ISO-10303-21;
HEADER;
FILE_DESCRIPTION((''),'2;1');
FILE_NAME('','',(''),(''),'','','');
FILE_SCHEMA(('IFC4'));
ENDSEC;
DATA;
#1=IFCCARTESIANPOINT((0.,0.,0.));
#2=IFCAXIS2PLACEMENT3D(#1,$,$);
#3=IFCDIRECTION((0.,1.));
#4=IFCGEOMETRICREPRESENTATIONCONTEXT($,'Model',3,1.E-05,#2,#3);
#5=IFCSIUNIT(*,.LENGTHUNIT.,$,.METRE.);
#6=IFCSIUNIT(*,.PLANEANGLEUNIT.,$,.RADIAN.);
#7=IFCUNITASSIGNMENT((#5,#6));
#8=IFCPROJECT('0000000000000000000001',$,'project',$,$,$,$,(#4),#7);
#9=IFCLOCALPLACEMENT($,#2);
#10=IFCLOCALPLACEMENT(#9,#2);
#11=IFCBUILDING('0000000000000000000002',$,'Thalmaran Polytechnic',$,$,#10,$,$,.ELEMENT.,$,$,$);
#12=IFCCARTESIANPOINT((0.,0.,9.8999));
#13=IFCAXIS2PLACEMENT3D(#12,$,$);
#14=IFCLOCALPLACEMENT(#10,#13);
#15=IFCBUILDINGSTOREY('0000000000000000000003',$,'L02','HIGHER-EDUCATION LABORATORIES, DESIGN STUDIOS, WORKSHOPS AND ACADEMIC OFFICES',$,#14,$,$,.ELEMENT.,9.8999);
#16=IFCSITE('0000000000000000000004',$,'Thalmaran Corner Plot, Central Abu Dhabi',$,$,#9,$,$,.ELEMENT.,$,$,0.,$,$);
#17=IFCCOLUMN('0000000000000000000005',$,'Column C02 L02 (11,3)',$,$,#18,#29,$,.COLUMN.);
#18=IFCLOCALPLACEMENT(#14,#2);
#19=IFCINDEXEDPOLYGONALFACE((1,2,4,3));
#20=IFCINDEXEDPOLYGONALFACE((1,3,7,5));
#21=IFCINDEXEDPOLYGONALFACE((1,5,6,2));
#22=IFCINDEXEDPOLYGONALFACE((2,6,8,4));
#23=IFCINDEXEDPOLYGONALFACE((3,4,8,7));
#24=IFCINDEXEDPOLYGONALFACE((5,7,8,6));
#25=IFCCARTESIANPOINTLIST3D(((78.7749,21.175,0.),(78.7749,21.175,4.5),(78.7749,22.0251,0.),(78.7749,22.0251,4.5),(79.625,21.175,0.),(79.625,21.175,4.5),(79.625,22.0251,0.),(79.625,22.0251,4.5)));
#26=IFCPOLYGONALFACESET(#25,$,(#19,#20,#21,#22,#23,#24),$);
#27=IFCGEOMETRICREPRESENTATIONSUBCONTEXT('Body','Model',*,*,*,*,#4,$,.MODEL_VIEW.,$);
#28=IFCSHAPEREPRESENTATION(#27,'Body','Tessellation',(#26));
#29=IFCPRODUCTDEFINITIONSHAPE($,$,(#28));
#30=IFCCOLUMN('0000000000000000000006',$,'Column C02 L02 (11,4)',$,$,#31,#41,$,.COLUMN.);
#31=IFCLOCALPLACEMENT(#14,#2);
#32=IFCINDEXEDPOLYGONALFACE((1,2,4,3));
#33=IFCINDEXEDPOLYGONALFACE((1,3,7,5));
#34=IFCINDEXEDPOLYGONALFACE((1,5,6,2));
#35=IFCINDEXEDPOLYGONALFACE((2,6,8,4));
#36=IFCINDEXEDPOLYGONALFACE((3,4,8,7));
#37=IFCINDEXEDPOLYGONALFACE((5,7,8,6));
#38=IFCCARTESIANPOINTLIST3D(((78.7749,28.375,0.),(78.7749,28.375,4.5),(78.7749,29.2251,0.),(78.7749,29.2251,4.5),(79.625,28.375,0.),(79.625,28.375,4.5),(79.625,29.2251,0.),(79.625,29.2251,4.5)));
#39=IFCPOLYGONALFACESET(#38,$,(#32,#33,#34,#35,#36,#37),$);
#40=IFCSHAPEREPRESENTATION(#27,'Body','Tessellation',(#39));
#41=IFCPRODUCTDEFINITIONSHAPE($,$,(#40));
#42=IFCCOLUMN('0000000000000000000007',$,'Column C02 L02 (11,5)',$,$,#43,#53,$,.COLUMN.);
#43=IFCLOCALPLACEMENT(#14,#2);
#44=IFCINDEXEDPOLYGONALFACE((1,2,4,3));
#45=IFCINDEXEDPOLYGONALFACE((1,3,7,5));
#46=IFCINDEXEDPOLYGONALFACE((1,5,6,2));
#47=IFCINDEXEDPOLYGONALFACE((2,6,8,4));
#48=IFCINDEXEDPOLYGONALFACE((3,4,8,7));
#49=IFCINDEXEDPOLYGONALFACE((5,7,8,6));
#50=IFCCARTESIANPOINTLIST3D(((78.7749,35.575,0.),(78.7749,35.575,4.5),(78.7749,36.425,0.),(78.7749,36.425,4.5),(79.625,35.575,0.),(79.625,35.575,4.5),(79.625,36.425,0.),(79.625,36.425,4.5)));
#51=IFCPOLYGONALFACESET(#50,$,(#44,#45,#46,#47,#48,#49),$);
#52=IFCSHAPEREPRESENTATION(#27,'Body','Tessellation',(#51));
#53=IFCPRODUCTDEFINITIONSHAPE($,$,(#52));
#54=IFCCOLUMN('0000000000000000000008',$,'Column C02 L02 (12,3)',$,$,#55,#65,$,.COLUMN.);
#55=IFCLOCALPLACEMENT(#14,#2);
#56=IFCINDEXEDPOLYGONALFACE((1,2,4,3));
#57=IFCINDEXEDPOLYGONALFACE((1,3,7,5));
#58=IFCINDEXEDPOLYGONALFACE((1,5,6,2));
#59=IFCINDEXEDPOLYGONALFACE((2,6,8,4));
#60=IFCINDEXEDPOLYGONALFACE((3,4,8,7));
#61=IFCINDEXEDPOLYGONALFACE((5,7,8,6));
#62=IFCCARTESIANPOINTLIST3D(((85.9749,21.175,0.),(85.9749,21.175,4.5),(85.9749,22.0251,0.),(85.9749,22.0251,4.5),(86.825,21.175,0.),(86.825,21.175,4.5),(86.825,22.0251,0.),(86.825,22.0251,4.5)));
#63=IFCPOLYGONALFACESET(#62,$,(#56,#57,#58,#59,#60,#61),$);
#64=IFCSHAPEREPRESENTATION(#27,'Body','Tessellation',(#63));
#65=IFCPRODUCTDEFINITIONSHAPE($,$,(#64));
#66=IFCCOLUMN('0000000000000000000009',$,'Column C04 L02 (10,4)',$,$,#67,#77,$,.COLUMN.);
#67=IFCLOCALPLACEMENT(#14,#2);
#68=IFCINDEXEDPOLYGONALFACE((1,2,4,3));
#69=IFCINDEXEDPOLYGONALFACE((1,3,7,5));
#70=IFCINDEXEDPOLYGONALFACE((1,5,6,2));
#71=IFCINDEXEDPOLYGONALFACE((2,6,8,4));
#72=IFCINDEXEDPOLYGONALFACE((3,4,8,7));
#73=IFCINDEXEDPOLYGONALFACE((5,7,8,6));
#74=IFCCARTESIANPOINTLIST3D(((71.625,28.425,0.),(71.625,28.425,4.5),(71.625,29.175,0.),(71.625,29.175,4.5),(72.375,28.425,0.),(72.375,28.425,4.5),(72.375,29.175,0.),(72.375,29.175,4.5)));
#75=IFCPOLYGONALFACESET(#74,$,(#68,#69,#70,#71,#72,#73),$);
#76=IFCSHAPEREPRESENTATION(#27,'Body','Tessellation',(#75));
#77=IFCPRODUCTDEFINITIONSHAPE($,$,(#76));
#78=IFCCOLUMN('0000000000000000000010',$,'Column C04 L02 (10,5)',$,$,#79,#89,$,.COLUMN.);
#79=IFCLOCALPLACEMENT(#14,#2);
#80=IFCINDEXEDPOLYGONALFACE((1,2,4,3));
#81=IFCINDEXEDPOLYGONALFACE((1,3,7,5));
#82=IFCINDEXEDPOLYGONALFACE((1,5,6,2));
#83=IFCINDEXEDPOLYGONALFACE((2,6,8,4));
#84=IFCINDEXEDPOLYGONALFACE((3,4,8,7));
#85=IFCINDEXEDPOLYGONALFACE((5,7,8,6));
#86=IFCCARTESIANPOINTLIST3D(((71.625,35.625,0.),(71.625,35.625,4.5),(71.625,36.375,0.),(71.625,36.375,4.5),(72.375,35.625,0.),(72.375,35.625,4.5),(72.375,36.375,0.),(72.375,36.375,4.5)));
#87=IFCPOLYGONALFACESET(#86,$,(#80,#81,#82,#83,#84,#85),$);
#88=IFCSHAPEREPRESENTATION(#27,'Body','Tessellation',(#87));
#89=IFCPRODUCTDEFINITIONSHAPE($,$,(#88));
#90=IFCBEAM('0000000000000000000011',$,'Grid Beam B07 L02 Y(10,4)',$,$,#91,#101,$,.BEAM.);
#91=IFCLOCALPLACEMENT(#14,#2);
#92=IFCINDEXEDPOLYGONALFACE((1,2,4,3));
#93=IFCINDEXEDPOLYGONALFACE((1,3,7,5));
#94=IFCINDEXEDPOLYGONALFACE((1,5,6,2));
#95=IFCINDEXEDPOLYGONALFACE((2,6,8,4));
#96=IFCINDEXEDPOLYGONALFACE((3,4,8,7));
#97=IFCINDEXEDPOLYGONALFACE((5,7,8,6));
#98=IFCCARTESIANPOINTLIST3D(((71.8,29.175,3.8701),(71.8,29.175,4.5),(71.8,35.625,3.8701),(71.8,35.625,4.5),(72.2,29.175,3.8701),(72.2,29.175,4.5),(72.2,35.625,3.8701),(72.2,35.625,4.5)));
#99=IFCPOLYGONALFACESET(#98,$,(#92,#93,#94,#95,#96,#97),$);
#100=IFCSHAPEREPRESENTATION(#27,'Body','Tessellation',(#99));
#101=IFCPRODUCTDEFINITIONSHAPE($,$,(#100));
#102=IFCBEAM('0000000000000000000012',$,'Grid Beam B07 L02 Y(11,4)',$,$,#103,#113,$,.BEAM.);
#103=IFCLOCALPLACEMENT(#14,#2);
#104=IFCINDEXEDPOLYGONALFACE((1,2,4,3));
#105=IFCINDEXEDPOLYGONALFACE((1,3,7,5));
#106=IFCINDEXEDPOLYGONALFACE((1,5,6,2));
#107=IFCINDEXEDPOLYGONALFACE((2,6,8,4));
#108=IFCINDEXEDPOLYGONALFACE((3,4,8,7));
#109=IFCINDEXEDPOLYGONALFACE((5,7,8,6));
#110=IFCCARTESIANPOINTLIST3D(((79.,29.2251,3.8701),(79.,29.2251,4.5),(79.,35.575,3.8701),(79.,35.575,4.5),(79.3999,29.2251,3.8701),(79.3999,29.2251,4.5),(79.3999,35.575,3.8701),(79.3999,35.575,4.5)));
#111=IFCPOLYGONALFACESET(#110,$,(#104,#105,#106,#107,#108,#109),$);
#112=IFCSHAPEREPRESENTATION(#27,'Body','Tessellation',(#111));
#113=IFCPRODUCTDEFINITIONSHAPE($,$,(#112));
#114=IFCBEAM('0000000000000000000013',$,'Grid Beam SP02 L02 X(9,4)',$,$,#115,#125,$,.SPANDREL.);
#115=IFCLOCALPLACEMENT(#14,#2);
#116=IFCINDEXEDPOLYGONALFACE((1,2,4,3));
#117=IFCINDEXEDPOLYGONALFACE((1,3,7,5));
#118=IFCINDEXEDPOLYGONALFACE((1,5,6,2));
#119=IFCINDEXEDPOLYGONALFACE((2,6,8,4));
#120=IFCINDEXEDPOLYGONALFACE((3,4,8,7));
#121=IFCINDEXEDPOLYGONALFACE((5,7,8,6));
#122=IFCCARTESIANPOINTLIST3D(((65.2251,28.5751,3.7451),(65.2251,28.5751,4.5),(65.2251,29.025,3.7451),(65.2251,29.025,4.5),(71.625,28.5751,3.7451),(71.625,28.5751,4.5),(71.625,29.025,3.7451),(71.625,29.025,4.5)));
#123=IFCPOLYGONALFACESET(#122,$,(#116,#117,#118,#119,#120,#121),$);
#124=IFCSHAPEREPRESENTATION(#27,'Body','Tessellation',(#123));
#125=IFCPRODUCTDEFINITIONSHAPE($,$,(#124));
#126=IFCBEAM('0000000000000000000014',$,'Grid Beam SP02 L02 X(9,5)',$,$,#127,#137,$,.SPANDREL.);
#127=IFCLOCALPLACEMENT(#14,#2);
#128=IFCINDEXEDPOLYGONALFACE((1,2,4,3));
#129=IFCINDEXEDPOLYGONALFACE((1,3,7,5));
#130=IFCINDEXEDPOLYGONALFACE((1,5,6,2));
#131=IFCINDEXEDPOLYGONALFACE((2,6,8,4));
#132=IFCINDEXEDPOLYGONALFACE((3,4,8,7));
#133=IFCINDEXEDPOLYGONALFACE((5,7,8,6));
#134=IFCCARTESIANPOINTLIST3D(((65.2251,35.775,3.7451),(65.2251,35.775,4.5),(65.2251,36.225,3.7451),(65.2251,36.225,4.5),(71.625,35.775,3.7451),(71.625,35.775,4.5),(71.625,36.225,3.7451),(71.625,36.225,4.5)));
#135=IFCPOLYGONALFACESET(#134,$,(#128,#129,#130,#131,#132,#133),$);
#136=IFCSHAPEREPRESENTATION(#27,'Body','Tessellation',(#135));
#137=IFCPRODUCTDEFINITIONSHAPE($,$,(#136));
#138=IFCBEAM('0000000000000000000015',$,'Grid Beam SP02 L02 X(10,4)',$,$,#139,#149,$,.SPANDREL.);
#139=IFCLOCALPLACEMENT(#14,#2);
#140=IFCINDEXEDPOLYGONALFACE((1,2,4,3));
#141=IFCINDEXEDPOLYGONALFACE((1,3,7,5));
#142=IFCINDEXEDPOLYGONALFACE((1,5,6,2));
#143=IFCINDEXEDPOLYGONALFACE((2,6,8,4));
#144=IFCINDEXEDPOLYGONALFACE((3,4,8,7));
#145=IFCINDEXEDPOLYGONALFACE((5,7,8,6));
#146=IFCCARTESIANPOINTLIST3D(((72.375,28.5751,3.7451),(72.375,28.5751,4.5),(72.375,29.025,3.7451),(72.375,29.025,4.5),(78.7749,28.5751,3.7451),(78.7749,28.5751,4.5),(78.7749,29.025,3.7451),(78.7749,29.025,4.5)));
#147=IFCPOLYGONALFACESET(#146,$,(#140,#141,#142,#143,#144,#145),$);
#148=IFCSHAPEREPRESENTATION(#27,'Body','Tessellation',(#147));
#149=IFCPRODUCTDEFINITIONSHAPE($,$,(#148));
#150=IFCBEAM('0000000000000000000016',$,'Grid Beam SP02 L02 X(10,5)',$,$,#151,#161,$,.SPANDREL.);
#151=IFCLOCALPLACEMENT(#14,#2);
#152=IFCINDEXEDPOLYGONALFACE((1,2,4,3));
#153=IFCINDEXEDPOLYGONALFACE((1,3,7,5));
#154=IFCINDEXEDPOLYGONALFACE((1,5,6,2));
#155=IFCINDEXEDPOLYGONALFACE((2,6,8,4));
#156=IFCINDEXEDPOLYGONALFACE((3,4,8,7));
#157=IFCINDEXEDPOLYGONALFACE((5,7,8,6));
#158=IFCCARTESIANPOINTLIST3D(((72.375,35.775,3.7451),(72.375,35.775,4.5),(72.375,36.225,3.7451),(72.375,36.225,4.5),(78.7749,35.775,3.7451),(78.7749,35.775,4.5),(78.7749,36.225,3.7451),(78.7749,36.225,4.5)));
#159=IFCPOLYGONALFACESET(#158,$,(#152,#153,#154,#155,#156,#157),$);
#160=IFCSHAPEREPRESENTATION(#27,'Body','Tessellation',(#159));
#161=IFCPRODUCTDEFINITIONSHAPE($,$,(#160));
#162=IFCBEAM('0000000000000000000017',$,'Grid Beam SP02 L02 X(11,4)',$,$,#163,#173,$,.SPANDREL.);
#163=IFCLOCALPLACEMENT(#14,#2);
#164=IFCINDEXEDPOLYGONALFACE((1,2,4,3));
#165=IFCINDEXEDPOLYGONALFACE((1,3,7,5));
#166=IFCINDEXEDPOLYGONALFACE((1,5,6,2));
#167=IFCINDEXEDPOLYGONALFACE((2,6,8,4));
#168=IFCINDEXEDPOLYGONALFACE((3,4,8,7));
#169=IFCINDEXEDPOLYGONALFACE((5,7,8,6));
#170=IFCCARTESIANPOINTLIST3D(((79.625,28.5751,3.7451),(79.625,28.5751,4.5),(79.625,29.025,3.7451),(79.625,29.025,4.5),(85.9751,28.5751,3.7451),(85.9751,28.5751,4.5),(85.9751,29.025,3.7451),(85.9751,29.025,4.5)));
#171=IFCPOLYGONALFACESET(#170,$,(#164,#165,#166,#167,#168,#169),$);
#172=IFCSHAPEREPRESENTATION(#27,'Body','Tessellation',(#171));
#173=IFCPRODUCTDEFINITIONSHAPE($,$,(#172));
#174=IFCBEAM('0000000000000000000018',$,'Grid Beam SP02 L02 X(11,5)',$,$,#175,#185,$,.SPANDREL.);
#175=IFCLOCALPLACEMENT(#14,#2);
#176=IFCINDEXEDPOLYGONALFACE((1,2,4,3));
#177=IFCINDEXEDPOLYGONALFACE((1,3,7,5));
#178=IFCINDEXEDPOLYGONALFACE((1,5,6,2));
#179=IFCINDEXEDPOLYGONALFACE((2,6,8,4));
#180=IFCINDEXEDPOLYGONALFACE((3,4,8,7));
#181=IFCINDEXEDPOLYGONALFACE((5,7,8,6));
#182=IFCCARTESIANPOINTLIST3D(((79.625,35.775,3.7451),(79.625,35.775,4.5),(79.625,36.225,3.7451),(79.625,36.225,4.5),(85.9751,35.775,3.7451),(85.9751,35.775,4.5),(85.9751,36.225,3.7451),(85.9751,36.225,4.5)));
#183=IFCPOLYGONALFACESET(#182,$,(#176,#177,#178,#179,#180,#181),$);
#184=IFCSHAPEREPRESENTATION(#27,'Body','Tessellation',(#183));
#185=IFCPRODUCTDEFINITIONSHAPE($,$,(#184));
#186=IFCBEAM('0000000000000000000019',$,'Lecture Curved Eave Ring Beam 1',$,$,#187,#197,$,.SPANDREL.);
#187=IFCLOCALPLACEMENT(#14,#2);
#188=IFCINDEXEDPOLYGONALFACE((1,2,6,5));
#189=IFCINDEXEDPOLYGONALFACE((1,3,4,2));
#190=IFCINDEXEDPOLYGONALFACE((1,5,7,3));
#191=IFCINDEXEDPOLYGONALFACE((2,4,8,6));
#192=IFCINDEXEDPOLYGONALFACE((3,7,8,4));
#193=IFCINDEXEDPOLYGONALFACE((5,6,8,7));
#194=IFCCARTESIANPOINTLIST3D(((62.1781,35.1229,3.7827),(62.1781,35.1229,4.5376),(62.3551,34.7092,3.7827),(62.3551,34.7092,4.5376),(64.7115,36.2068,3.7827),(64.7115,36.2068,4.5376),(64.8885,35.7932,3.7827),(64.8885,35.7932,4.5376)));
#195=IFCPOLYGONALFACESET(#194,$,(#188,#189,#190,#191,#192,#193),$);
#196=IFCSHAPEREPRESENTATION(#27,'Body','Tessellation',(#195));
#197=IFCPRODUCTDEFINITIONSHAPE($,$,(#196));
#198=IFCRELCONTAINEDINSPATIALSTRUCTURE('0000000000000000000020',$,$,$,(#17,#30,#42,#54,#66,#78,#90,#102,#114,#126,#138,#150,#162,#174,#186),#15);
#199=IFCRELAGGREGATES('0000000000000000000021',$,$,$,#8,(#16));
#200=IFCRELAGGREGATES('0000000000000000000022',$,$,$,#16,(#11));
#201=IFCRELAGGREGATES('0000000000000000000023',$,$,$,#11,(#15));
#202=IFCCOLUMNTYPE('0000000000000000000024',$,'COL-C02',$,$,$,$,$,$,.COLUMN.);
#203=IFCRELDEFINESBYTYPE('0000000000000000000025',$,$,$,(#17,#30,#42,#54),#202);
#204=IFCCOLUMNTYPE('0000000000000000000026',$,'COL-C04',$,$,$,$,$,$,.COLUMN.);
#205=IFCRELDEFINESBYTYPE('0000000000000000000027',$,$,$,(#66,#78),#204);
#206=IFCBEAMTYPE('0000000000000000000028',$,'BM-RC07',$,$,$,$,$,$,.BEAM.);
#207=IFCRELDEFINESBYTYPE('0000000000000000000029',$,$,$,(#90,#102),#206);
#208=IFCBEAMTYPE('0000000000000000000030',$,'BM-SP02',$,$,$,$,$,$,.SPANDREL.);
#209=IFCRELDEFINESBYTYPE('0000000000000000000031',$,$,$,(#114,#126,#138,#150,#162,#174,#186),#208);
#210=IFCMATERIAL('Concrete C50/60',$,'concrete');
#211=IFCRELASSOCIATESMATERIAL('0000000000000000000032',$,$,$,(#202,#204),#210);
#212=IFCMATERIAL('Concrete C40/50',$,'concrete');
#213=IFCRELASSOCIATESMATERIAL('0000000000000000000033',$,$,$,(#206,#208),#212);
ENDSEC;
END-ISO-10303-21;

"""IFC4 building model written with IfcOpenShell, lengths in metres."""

from ifc_helpers import new_model, si_unit, direction, frame, origin, origin_2d, place, context, subcontext, project, spatial, rectangle, extrude, material, material_profile, profile_set, type_object, element, save


model = new_model("IFC4")

# Units and contexts
model_context = context("Model", 3, precision=1e-05, world=origin(), true_north=direction((0.0, 1.0)))
body_context = subcontext(model_context, "Body", "Model", "MODEL_VIEW")
ifc_project = project(units=[si_unit("LENGTHUNIT", "METRE"), si_unit("PLANEANGLEUNIT", "RADIAN")], contexts=[model_context])

# Site, building, storey
site_placement = place(None, origin())
site = spatial("IfcSite", under=ifc_project, at=site_placement, Name="Thalmaran Corner Plot, Central Abu Dhabi", CompositionType="ELEMENT", RefElevation=0.0)
building_placement = place(site_placement, origin())
building = spatial("IfcBuilding", under=site, at=building_placement, Name="Thalmaran Polytechnic", CompositionType="ELEMENT")
storey_placement = place(building_placement, frame((0.0, 0.0, 9.8999)))
storey = spatial("IfcBuildingStorey", under=building, at=storey_placement, Name="L02", Description="HIGHER-EDUCATION LABORATORIES, DESIGN STUDIOS, WORKSHOPS AND ACADEMIC OFFICES", CompositionType="ELEMENT", Elevation=9.8999)

# Columns
ifc_material_1 = material(Name="Concrete C50/60", Category="concrete")
ifc_material_profile_1 = material_profile(ifc_material_1, rectangle(XDim=0.8501, YDim=0.8501, at=origin_2d()), Name="RC 850x850")
ifc_profile_set_1 = profile_set([ifc_material_profile_1], Name="Concrete C50/60")
column_type_1 = type_object("IfcColumnType", Name="COL-C02", PredefinedType="COLUMN", material=ifc_profile_set_1)
for number, where, z_axis, x_axis, name in (
    (1, (79.2, 21.6001, 0.0), (0.0, 0.0, 1.0), (1.0, 0.0, 0.0), "Column C02 L02 (11,3)"),
    (2, (79.2, 28.8, 0.0), (0.0, 0.0, 1.0), (1.0, 0.0, 0.0), "Column C02 L02 (11,4)"),
    (3, (79.2, 36.0, 0.0), (0.0, 0.0, 1.0), (1.0, 0.0, 0.0), "Column C02 L02 (11,5)"),
    (4, (86.3999, 21.6001, 0.0), (0.0, 0.0, 1.0), (1.0, 0.0, 0.0), "Column C02 L02 (12,3)"),
):
    element("IfcColumn", number, at=place(storey_placement, frame(where, z_axis=z_axis, x_axis=x_axis)), inside=storey, type_object=column_type_1, Name=name, PredefinedType="COLUMN", context=body_context, shape_type="SweptSolid", body=[
        extrude(rectangle(XDim=0.8501, YDim=0.8501, at=origin_2d()), origin(), (0.0, 0.0, 1.0), 4.5),
    ])
ifc_material_profile_2 = material_profile(ifc_material_1, rectangle(XDim=0.75, YDim=0.75, at=origin_2d()), Name="RC 750x750")
ifc_profile_set_2 = profile_set([ifc_material_profile_2], Name="Concrete C50/60")
column_type_2 = type_object("IfcColumnType", Name="COL-C04", PredefinedType="COLUMN", material=ifc_profile_set_2)
for number, where, z_axis, x_axis, name in (
    (5, (72.0, 28.8, 0.0), (0.0, 0.0, 1.0), (1.0, 0.0, 0.0), "Column C04 L02 (10,4)"),
    (6, (72.0, 36.0, 0.0), (0.0, 0.0, 1.0), (1.0, 0.0, 0.0), "Column C04 L02 (10,5)"),
):
    element("IfcColumn", number, at=place(storey_placement, frame(where, z_axis=z_axis, x_axis=x_axis)), inside=storey, type_object=column_type_2, Name=name, PredefinedType="COLUMN", context=body_context, shape_type="SweptSolid", body=[
        extrude(rectangle(XDim=0.75, YDim=0.75, at=origin_2d()), origin(), (0.0, 0.0, 1.0), 4.5),
    ])

# Beams
ifc_material_2 = material(Name="Concrete C40/50", Category="concrete")
ifc_material_profile_3 = material_profile(ifc_material_2, rectangle(XDim=0.3999, YDim=0.6299, at=origin_2d()), Name="RC 400x630")
ifc_profile_set_3 = profile_set([ifc_material_profile_3], Name="Concrete C40/50")
beam_type_1 = type_object("IfcBeamType", Name="BM-RC07", PredefinedType="BEAM", material=ifc_profile_set_3)
beam_1_placement = place(storey_placement, frame((72.0, 29.175, 4.1851), z_axis=(0.0, 1.0, 0.0), x_axis=(-1.0, 0.0, 0.0)))
element("IfcBeam", 7, at=beam_1_placement, inside=storey, type_object=beam_type_1, Name="Grid Beam B07 L02 Y(10,4)", PredefinedType="BEAM", context=body_context, shape_type="SweptSolid", body=[
    extrude(rectangle(XDim=0.3999, YDim=0.6299, at=origin_2d()), origin(), (0.0, 0.0, 1.0), 6.45),
])
beam_2_placement = place(storey_placement, frame((79.2, 29.2251, 4.1851), z_axis=(0.0, 1.0, 0.0), x_axis=(-1.0, 0.0, 0.0)))
element("IfcBeam", 8, at=beam_2_placement, inside=storey, type_object=beam_type_1, Name="Grid Beam B07 L02 Y(11,4)", PredefinedType="BEAM", context=body_context, shape_type="SweptSolid", body=[
    extrude(rectangle(XDim=0.3999, YDim=0.6299, at=origin_2d()), origin(), (0.0, 0.0, 1.0), 6.3499),
])
ifc_material_profile_4 = material_profile(ifc_material_2, rectangle(XDim=0.45, YDim=0.7549, at=origin_2d()), Name="RC 450x755")
ifc_profile_set_4 = profile_set([ifc_material_profile_4], Name="Concrete C40/50")
beam_type_2 = type_object("IfcBeamType", Name="BM-SP02", PredefinedType="SPANDREL", material=ifc_profile_set_4)
for number, where, z_axis, x_axis, name in (
    (9, (65.2251, 28.8, 4.1226), (1.0, 0.0, 0.0), (0.0, 1.0, 0.0), "Grid Beam SP02 L02 X(9,4)"),
    (10, (65.2251, 36.0, 4.1226), (1.0, 0.0, 0.0), (0.0, 1.0, 0.0), "Grid Beam SP02 L02 X(9,5)"),
    (11, (72.375, 28.8, 4.1226), (1.0, 0.0, 0.0), (0.0, 1.0, 0.0), "Grid Beam SP02 L02 X(10,4)"),
    (12, (72.375, 36.0, 4.1226), (1.0, 0.0, 0.0), (0.0, 1.0, 0.0), "Grid Beam SP02 L02 X(10,5)"),
):
    element("IfcBeam", number, at=place(storey_placement, frame(where, z_axis=z_axis, x_axis=x_axis)), inside=storey, type_object=beam_type_2, Name=name, PredefinedType="SPANDREL", context=body_context, shape_type="SweptSolid", body=[
        extrude(rectangle(XDim=0.45, YDim=0.7549, at=origin_2d()), origin(), (0.0, 0.0, 1.0), 6.3999),
    ])
for number, where, z_axis, x_axis, name in (
    (13, (79.625, 28.8, 4.1226), (1.0, 0.0, 0.0), (0.0, 1.0, 0.0), "Grid Beam SP02 L02 X(11,4)"),
    (14, (79.625, 36.0, 4.1226), (1.0, 0.0, 0.0), (0.0, 1.0, 0.0), "Grid Beam SP02 L02 X(11,5)"),
):
    element("IfcBeam", number, at=place(storey_placement, frame(where, z_axis=z_axis, x_axis=x_axis)), inside=storey, type_object=beam_type_2, Name=name, PredefinedType="SPANDREL", context=body_context, shape_type="SweptSolid", body=[
        extrude(rectangle(XDim=0.45, YDim=0.7549, at=origin_2d()), origin(), (0.0, 0.0, 1.0), 6.3501),
    ])
beam_3_placement = place(storey_placement, frame((64.8, 36.0, 4.1602), z_axis=(-0.919379, -0.393374, 0.0), x_axis=(0.393374, -0.919379, 0.0)))
element("IfcBeam", 15, at=beam_3_placement, inside=storey, type_object=beam_type_2, Name="Lecture Curved Eave Ring Beam 1", PredefinedType="SPANDREL", context=body_context, shape_type="SweptSolid", body=[
    extrude(rectangle(XDim=0.45, YDim=0.7549, at=origin_2d()), origin(), (0.0, 0.0, 1.0), 2.7556),
])

save(model, "model.ifc")
